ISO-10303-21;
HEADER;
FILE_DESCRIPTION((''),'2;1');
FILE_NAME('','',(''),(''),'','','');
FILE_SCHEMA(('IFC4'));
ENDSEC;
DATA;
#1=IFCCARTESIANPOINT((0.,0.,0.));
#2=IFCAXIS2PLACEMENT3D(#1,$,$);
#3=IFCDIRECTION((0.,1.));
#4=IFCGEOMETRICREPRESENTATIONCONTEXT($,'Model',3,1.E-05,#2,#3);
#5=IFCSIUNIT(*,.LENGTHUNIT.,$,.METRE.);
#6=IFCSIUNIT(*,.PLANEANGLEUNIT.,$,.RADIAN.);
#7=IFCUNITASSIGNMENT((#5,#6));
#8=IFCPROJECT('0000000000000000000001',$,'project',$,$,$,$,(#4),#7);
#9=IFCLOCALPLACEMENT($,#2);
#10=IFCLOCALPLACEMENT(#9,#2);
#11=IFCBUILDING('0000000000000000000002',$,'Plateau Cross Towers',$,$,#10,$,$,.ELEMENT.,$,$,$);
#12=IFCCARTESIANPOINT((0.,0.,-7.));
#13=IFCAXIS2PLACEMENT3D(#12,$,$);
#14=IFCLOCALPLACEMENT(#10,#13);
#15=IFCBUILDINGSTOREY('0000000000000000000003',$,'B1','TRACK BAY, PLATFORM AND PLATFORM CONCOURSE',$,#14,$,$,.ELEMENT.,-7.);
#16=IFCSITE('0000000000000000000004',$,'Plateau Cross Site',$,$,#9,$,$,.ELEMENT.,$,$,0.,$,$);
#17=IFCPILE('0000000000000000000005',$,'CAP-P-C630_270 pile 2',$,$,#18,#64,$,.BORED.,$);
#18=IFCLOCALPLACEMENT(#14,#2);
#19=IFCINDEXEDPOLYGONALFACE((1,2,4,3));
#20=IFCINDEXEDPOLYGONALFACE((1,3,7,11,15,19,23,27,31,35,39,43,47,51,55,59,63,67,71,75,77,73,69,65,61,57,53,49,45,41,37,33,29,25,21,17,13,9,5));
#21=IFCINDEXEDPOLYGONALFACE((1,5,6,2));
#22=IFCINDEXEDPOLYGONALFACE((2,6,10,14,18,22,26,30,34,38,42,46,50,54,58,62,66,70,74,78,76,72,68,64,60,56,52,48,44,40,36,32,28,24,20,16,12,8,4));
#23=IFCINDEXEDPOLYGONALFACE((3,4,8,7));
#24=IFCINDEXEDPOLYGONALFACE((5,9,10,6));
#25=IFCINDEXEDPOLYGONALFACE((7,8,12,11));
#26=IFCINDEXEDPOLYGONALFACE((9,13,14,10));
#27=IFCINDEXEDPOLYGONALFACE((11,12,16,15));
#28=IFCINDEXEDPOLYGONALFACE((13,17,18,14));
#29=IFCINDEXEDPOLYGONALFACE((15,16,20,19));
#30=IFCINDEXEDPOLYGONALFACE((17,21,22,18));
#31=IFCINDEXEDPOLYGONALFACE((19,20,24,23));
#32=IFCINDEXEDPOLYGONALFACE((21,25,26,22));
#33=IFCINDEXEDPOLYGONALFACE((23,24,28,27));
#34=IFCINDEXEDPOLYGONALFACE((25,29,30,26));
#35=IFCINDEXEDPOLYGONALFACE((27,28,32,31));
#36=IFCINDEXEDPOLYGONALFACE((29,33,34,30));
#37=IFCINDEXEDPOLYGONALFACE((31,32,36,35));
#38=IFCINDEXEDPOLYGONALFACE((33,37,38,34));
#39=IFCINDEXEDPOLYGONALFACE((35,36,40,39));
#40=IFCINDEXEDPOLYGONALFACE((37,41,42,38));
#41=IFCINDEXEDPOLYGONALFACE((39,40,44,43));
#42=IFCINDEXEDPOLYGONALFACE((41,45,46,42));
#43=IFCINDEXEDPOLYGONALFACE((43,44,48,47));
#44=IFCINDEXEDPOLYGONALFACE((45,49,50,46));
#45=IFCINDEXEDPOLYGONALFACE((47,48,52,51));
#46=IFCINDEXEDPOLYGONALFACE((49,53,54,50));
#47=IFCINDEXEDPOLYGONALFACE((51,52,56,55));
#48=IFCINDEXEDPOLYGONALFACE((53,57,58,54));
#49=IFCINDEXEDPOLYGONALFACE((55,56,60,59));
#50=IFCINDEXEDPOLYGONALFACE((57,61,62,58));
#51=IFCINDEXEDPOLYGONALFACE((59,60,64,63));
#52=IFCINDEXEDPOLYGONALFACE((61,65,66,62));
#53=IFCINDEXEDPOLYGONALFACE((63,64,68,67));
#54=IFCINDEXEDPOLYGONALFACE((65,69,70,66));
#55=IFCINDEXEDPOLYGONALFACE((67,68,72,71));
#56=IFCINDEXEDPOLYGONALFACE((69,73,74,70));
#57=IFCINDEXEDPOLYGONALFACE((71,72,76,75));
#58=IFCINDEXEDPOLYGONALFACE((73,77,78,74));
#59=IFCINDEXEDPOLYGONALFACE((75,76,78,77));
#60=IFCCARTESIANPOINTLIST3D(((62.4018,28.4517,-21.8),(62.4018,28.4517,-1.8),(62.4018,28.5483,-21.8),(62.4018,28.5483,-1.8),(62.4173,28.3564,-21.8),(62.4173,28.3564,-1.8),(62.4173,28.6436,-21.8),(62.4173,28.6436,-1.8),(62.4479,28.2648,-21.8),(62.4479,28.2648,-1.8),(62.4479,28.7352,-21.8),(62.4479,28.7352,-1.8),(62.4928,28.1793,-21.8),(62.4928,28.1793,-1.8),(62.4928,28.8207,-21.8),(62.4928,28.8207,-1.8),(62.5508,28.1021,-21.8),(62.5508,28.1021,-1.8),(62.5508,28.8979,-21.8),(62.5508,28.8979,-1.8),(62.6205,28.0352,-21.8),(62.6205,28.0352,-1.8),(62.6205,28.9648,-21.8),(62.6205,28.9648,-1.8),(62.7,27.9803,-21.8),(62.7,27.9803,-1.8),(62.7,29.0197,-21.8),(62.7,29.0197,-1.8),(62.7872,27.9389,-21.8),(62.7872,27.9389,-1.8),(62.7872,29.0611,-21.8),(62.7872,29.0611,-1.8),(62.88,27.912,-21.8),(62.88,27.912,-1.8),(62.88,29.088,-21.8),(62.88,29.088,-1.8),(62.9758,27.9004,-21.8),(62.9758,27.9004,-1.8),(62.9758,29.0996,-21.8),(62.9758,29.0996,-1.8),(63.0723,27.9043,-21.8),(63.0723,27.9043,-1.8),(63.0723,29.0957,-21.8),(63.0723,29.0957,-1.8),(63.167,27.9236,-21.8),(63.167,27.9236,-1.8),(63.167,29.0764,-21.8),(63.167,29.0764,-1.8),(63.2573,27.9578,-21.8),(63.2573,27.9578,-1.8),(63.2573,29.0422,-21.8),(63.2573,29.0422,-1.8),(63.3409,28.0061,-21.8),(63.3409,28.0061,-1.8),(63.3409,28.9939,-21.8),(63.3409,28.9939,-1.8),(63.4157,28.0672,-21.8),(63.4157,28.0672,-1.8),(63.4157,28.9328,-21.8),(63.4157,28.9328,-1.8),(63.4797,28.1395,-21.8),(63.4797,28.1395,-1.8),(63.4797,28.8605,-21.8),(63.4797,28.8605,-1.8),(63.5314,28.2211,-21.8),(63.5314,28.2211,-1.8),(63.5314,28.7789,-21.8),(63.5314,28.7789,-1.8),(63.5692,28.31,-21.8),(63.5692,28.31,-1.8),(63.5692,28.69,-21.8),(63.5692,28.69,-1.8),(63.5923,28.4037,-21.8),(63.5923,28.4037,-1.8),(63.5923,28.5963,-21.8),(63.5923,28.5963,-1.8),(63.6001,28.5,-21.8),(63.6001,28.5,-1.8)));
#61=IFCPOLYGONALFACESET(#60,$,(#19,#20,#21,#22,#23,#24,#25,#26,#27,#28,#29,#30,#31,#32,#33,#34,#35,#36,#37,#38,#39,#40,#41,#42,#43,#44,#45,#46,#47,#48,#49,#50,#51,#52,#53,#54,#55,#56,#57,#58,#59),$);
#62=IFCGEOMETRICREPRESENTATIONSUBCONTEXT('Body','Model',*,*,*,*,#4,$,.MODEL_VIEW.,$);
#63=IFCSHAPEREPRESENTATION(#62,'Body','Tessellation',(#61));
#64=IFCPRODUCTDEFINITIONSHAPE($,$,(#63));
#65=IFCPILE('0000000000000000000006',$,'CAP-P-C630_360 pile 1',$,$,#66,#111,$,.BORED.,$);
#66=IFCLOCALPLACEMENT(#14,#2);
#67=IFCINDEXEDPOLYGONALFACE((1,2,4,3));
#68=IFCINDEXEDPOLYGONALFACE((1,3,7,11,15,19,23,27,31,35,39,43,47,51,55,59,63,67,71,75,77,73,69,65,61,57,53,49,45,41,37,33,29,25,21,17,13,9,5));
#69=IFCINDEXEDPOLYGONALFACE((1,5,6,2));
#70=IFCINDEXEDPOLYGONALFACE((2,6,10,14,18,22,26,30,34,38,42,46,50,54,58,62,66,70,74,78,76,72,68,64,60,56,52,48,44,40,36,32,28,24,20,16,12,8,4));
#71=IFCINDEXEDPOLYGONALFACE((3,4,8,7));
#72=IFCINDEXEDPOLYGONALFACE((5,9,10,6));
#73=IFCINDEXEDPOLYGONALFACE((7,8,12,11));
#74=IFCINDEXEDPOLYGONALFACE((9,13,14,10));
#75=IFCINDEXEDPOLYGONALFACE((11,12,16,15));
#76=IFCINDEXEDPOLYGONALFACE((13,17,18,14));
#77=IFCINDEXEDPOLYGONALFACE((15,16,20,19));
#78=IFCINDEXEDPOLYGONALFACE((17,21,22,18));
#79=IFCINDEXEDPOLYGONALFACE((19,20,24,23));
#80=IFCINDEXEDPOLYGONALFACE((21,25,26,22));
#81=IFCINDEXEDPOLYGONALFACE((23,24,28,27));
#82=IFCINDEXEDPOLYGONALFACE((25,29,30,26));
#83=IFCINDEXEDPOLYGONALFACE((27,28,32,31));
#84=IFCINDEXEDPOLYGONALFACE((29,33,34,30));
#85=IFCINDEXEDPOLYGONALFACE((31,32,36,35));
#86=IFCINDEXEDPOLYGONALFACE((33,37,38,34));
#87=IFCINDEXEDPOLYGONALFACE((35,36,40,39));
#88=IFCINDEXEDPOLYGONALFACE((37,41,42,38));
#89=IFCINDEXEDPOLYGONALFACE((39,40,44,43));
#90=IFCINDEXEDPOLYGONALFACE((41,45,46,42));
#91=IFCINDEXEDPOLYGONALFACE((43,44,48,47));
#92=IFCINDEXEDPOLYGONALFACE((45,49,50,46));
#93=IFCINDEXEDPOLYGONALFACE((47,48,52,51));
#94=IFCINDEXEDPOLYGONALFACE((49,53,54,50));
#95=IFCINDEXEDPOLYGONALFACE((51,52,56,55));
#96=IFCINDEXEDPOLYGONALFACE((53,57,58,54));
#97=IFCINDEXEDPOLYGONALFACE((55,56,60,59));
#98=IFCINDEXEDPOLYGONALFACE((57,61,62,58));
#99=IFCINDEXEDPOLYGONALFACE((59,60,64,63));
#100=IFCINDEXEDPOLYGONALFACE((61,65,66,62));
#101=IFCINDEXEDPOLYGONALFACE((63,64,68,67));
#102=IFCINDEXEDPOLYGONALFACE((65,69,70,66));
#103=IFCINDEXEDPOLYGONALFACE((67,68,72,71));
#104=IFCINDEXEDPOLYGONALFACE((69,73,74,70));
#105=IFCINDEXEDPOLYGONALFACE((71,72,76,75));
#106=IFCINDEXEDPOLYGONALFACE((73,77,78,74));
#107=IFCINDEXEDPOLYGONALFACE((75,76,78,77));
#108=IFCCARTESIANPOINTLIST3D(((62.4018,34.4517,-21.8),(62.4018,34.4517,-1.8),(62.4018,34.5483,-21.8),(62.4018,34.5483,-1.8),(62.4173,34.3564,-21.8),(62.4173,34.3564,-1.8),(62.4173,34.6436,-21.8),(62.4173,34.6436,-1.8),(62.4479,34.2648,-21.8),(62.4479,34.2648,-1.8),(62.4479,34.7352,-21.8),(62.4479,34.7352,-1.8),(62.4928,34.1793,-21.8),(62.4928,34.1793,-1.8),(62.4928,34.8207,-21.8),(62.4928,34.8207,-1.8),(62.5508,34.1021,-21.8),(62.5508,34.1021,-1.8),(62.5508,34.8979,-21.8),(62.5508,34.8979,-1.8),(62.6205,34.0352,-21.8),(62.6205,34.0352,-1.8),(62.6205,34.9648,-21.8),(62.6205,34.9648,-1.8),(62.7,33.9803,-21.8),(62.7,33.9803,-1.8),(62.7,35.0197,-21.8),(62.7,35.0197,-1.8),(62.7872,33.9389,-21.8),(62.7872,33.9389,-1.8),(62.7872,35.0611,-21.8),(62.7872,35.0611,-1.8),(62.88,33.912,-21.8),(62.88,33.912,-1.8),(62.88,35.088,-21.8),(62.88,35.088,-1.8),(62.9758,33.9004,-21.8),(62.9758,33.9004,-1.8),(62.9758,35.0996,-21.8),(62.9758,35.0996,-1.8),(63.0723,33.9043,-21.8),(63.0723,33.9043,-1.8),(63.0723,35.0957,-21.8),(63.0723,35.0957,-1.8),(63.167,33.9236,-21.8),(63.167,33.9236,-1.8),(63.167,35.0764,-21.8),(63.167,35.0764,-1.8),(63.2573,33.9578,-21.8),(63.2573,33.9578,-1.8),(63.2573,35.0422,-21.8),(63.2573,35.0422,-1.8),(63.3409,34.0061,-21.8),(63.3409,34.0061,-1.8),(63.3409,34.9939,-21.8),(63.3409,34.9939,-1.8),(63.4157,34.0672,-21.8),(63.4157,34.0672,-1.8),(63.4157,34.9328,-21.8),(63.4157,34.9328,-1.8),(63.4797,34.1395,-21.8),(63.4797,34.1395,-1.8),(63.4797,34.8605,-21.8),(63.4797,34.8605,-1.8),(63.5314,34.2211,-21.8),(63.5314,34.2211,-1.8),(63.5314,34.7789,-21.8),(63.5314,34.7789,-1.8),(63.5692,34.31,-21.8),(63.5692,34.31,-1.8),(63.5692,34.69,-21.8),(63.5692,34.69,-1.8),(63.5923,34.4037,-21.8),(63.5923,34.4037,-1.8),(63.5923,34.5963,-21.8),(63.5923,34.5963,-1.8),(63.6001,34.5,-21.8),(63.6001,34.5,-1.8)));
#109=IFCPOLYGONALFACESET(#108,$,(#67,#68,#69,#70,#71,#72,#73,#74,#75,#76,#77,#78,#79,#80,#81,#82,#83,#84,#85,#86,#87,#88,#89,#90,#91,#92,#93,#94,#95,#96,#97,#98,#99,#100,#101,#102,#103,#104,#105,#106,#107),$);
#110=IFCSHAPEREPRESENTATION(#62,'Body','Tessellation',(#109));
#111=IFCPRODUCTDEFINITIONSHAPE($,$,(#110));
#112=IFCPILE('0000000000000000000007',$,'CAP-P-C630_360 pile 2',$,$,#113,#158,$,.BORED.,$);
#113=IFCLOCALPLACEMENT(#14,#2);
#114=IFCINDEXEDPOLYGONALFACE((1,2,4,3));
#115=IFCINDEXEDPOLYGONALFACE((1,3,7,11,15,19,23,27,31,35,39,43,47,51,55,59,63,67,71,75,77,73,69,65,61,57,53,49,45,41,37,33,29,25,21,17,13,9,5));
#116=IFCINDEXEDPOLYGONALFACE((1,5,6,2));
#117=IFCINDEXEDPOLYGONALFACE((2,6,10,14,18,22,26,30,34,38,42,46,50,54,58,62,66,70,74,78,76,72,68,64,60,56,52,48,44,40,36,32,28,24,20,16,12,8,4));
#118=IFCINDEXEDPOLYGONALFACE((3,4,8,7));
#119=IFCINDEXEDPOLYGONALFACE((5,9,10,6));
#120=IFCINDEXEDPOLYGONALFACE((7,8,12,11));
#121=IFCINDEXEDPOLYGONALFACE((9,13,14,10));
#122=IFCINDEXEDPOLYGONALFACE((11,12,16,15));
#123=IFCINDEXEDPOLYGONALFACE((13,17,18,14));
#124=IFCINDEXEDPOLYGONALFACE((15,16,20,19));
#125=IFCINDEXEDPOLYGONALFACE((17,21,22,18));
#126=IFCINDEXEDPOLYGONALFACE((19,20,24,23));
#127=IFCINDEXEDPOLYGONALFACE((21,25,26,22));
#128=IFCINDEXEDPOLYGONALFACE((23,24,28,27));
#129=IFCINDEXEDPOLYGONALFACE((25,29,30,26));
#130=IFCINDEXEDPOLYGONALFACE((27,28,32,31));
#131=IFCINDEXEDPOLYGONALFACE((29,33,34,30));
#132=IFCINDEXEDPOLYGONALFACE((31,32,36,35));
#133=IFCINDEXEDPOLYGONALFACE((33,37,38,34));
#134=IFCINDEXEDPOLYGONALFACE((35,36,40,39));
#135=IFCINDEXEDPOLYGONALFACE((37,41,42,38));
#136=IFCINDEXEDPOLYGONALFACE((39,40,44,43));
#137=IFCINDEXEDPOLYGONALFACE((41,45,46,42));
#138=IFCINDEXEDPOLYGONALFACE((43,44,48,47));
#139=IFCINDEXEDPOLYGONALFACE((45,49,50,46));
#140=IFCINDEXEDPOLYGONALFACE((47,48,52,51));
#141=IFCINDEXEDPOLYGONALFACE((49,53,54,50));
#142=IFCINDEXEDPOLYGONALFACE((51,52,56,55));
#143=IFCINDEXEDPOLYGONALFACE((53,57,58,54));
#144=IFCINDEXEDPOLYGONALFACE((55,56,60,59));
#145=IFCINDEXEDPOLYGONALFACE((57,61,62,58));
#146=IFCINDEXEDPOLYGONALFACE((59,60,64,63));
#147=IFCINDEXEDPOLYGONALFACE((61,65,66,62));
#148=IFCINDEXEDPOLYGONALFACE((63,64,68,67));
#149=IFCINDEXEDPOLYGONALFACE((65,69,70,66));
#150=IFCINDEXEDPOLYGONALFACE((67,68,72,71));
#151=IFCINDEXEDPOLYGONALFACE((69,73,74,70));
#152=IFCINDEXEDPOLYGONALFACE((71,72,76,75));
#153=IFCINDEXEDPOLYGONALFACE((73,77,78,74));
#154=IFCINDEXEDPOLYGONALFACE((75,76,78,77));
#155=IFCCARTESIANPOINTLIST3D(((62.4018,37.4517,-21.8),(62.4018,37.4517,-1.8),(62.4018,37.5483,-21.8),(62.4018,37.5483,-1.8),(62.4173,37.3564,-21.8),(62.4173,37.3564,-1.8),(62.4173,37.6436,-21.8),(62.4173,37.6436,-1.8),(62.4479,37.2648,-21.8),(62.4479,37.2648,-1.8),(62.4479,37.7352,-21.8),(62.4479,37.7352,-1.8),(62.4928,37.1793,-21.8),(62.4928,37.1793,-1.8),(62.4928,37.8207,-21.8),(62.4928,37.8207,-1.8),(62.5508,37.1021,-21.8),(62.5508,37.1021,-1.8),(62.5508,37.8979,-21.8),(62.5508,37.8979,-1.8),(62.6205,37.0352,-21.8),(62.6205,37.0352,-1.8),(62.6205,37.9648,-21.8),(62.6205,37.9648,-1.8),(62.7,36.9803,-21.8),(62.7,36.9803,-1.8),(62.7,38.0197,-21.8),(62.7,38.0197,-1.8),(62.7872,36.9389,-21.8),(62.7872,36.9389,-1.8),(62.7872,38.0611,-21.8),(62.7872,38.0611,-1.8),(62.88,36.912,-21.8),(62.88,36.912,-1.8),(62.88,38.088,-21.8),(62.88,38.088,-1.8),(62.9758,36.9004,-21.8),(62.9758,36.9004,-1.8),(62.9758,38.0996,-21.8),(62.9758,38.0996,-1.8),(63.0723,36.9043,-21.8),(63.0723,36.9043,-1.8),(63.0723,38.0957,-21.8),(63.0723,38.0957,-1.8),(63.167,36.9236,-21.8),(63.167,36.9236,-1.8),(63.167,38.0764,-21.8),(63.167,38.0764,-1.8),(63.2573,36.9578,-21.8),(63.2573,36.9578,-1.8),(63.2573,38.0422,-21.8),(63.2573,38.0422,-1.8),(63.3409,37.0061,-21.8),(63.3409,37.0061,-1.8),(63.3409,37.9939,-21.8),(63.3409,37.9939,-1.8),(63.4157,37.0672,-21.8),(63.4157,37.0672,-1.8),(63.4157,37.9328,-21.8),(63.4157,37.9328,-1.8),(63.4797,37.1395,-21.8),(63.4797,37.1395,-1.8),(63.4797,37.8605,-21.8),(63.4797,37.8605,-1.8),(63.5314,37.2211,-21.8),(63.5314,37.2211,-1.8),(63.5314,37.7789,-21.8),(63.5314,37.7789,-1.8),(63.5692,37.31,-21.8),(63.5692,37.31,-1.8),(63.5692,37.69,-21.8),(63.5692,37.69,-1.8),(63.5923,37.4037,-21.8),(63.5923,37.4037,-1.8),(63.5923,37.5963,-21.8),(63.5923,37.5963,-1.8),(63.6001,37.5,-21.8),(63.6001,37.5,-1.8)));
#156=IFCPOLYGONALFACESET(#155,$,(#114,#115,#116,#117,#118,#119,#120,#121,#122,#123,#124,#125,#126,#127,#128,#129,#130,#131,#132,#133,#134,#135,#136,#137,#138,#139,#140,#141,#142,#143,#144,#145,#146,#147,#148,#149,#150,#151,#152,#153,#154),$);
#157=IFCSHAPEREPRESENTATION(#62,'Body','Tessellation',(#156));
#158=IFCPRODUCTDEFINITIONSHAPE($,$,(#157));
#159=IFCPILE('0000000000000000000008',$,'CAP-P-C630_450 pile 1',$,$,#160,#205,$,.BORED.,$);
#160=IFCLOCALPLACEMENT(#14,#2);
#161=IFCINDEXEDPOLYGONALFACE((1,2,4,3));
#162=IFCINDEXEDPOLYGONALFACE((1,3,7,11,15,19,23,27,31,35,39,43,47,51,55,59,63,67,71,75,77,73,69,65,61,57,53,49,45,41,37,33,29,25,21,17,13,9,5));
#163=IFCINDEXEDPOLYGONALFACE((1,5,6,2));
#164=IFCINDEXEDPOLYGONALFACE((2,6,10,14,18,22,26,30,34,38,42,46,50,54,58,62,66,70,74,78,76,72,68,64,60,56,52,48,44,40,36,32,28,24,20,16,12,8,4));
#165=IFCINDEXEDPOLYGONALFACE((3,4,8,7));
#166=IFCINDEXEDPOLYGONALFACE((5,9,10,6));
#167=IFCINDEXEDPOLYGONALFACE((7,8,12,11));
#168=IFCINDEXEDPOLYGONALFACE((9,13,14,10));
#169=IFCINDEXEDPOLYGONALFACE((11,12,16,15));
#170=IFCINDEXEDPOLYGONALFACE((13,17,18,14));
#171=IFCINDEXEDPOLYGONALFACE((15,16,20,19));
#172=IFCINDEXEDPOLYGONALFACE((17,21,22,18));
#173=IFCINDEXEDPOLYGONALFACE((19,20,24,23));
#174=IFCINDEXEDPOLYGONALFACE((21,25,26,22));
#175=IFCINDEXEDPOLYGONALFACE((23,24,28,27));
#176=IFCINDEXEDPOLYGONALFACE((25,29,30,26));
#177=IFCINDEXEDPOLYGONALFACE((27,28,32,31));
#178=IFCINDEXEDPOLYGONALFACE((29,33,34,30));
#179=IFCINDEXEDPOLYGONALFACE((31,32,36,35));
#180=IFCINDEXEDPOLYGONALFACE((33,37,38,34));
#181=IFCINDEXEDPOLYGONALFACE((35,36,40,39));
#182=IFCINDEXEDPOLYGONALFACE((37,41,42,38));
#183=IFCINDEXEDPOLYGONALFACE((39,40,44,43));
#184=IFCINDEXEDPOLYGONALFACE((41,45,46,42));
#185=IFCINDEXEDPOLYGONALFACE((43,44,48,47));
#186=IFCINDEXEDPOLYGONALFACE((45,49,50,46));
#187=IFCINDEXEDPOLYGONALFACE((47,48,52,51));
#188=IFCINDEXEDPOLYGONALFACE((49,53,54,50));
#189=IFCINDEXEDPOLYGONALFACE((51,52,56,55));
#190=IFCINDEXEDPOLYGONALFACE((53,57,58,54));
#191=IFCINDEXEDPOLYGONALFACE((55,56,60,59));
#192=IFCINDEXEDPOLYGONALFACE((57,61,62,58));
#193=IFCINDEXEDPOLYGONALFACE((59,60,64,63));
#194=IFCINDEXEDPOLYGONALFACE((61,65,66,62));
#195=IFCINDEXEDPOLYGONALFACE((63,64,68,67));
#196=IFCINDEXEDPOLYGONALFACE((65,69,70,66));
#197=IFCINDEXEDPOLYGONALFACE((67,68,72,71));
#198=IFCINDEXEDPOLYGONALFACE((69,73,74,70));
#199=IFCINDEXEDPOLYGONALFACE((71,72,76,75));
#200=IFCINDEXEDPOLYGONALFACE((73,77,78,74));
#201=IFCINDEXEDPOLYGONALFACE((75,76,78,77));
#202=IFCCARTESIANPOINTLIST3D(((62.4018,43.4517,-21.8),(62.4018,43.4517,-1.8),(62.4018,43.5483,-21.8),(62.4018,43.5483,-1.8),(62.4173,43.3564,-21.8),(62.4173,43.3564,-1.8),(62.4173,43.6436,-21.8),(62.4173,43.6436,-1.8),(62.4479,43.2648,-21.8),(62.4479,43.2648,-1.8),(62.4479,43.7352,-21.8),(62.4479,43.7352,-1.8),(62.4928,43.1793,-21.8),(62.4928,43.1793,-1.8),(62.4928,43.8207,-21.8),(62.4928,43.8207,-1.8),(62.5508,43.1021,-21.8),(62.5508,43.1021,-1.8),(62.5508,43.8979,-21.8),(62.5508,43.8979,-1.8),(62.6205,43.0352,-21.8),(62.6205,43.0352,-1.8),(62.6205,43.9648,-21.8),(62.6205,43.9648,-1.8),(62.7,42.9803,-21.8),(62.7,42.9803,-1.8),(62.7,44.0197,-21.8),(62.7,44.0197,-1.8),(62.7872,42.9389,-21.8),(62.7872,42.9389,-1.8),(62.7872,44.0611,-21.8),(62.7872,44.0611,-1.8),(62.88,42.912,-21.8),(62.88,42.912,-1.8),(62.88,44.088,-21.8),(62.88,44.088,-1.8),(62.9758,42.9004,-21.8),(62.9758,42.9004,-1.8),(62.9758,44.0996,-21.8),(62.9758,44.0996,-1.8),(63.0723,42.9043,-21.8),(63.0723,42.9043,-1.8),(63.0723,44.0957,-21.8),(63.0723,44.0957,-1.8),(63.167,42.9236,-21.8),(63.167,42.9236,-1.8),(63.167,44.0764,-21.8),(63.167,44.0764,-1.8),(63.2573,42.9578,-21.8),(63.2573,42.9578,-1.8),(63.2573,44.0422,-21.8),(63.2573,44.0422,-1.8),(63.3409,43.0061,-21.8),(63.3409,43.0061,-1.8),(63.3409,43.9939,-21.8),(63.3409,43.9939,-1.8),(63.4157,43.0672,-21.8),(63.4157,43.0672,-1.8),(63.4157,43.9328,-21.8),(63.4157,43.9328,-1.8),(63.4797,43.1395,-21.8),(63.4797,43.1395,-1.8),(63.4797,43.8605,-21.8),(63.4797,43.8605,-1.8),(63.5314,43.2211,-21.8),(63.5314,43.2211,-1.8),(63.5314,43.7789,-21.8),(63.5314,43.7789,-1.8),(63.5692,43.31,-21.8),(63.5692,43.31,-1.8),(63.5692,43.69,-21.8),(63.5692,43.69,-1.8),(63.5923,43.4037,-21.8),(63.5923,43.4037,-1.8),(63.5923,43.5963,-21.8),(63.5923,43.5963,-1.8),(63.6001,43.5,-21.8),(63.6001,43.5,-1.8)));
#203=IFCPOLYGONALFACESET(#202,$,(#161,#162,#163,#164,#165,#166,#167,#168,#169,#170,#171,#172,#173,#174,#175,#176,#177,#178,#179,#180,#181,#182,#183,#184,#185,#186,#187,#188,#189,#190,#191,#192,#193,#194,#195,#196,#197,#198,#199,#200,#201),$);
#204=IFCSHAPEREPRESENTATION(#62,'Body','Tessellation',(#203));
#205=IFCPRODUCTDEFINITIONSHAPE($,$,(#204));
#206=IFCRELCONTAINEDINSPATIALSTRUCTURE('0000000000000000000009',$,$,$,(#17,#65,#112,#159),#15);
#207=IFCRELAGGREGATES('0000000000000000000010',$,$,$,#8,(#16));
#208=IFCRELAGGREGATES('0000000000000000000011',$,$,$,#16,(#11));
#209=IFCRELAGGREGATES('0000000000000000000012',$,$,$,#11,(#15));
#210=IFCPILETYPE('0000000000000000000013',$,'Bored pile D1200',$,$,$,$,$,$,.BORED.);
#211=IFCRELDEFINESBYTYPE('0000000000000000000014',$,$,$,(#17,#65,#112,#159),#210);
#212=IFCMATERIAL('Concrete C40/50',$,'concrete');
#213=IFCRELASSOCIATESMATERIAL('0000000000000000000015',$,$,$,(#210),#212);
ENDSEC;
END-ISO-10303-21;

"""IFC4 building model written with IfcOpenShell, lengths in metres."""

from ifc_helpers import new_model, si_unit, direction, frame, origin, origin_2d, place, context, subcontext, project, spatial, circle, extrude, material, material_profile, profile_set, type_object, element, save


model = new_model("IFC4")

# Units and contexts
model_context = context("Model", 3, precision=1e-05, world=origin(), true_north=direction((0.0, 1.0)))
body_context = subcontext(model_context, "Body", "Model", "MODEL_VIEW")
ifc_project = project(units=[si_unit("LENGTHUNIT", "METRE"), si_unit("PLANEANGLEUNIT", "RADIAN")], contexts=[model_context])

# Site, building, storey
site_placement = place(None, origin())
site = spatial("IfcSite", under=ifc_project, at=site_placement, Name="Plateau Cross Site", CompositionType="ELEMENT", RefElevation=0.0)
building_placement = place(site_placement, origin())
building = spatial("IfcBuilding", under=site, at=building_placement, Name="Plateau Cross Towers", CompositionType="ELEMENT")
storey_placement = place(building_placement, frame((0.0, 0.0, -7.0)))
storey = spatial("IfcBuildingStorey", under=building, at=storey_placement, Name="B1", Description="TRACK BAY, PLATFORM AND PLATFORM CONCOURSE", CompositionType="ELEMENT", Elevation=-7.0)

# Piles
ifc_material_1 = material(Name="Concrete C40/50", Category="concrete")
ifc_material_profile_1 = material_profile(ifc_material_1, circle(Radius=0.6001, at=origin_2d()), Name="Bored pile D1200")
ifc_profile_set_1 = profile_set([ifc_material_profile_1], Name="Concrete C40/50")
pile_type = type_object("IfcPileType", Name="Bored pile D1200", PredefinedType="BORED", material=ifc_profile_set_1)
for number, where, z_axis, x_axis, name in (
    (1, (63.0, 28.5, -1.8), (0.0, 0.0, -1.0), (1.0, 0.0, 0.0), "CAP-P-C630_270 pile 2"),
    (2, (63.0, 34.5, -1.8), (0.0, 0.0, -1.0), (1.0, 0.0, 0.0), "CAP-P-C630_360 pile 1"),
    (3, (63.0, 37.5, -1.8), (0.0, 0.0, -1.0), (1.0, 0.0, 0.0), "CAP-P-C630_360 pile 2"),
    (4, (63.0, 43.5, -1.8), (0.0, 0.0, -1.0), (1.0, 0.0, 0.0), "CAP-P-C630_450 pile 1"),
):
    element("IfcPile", number, at=place(storey_placement, frame(where, z_axis=z_axis, x_axis=x_axis)), inside=storey, type_object=pile_type, Name=name, PredefinedType="BORED", context=body_context, shape_type="SweptSolid", body=[
        extrude(circle(Radius=0.6001, at=origin_2d()), origin(), (0.0, 0.0, 1.0), 20.0),
    ])

save(model, "model.ifc")
